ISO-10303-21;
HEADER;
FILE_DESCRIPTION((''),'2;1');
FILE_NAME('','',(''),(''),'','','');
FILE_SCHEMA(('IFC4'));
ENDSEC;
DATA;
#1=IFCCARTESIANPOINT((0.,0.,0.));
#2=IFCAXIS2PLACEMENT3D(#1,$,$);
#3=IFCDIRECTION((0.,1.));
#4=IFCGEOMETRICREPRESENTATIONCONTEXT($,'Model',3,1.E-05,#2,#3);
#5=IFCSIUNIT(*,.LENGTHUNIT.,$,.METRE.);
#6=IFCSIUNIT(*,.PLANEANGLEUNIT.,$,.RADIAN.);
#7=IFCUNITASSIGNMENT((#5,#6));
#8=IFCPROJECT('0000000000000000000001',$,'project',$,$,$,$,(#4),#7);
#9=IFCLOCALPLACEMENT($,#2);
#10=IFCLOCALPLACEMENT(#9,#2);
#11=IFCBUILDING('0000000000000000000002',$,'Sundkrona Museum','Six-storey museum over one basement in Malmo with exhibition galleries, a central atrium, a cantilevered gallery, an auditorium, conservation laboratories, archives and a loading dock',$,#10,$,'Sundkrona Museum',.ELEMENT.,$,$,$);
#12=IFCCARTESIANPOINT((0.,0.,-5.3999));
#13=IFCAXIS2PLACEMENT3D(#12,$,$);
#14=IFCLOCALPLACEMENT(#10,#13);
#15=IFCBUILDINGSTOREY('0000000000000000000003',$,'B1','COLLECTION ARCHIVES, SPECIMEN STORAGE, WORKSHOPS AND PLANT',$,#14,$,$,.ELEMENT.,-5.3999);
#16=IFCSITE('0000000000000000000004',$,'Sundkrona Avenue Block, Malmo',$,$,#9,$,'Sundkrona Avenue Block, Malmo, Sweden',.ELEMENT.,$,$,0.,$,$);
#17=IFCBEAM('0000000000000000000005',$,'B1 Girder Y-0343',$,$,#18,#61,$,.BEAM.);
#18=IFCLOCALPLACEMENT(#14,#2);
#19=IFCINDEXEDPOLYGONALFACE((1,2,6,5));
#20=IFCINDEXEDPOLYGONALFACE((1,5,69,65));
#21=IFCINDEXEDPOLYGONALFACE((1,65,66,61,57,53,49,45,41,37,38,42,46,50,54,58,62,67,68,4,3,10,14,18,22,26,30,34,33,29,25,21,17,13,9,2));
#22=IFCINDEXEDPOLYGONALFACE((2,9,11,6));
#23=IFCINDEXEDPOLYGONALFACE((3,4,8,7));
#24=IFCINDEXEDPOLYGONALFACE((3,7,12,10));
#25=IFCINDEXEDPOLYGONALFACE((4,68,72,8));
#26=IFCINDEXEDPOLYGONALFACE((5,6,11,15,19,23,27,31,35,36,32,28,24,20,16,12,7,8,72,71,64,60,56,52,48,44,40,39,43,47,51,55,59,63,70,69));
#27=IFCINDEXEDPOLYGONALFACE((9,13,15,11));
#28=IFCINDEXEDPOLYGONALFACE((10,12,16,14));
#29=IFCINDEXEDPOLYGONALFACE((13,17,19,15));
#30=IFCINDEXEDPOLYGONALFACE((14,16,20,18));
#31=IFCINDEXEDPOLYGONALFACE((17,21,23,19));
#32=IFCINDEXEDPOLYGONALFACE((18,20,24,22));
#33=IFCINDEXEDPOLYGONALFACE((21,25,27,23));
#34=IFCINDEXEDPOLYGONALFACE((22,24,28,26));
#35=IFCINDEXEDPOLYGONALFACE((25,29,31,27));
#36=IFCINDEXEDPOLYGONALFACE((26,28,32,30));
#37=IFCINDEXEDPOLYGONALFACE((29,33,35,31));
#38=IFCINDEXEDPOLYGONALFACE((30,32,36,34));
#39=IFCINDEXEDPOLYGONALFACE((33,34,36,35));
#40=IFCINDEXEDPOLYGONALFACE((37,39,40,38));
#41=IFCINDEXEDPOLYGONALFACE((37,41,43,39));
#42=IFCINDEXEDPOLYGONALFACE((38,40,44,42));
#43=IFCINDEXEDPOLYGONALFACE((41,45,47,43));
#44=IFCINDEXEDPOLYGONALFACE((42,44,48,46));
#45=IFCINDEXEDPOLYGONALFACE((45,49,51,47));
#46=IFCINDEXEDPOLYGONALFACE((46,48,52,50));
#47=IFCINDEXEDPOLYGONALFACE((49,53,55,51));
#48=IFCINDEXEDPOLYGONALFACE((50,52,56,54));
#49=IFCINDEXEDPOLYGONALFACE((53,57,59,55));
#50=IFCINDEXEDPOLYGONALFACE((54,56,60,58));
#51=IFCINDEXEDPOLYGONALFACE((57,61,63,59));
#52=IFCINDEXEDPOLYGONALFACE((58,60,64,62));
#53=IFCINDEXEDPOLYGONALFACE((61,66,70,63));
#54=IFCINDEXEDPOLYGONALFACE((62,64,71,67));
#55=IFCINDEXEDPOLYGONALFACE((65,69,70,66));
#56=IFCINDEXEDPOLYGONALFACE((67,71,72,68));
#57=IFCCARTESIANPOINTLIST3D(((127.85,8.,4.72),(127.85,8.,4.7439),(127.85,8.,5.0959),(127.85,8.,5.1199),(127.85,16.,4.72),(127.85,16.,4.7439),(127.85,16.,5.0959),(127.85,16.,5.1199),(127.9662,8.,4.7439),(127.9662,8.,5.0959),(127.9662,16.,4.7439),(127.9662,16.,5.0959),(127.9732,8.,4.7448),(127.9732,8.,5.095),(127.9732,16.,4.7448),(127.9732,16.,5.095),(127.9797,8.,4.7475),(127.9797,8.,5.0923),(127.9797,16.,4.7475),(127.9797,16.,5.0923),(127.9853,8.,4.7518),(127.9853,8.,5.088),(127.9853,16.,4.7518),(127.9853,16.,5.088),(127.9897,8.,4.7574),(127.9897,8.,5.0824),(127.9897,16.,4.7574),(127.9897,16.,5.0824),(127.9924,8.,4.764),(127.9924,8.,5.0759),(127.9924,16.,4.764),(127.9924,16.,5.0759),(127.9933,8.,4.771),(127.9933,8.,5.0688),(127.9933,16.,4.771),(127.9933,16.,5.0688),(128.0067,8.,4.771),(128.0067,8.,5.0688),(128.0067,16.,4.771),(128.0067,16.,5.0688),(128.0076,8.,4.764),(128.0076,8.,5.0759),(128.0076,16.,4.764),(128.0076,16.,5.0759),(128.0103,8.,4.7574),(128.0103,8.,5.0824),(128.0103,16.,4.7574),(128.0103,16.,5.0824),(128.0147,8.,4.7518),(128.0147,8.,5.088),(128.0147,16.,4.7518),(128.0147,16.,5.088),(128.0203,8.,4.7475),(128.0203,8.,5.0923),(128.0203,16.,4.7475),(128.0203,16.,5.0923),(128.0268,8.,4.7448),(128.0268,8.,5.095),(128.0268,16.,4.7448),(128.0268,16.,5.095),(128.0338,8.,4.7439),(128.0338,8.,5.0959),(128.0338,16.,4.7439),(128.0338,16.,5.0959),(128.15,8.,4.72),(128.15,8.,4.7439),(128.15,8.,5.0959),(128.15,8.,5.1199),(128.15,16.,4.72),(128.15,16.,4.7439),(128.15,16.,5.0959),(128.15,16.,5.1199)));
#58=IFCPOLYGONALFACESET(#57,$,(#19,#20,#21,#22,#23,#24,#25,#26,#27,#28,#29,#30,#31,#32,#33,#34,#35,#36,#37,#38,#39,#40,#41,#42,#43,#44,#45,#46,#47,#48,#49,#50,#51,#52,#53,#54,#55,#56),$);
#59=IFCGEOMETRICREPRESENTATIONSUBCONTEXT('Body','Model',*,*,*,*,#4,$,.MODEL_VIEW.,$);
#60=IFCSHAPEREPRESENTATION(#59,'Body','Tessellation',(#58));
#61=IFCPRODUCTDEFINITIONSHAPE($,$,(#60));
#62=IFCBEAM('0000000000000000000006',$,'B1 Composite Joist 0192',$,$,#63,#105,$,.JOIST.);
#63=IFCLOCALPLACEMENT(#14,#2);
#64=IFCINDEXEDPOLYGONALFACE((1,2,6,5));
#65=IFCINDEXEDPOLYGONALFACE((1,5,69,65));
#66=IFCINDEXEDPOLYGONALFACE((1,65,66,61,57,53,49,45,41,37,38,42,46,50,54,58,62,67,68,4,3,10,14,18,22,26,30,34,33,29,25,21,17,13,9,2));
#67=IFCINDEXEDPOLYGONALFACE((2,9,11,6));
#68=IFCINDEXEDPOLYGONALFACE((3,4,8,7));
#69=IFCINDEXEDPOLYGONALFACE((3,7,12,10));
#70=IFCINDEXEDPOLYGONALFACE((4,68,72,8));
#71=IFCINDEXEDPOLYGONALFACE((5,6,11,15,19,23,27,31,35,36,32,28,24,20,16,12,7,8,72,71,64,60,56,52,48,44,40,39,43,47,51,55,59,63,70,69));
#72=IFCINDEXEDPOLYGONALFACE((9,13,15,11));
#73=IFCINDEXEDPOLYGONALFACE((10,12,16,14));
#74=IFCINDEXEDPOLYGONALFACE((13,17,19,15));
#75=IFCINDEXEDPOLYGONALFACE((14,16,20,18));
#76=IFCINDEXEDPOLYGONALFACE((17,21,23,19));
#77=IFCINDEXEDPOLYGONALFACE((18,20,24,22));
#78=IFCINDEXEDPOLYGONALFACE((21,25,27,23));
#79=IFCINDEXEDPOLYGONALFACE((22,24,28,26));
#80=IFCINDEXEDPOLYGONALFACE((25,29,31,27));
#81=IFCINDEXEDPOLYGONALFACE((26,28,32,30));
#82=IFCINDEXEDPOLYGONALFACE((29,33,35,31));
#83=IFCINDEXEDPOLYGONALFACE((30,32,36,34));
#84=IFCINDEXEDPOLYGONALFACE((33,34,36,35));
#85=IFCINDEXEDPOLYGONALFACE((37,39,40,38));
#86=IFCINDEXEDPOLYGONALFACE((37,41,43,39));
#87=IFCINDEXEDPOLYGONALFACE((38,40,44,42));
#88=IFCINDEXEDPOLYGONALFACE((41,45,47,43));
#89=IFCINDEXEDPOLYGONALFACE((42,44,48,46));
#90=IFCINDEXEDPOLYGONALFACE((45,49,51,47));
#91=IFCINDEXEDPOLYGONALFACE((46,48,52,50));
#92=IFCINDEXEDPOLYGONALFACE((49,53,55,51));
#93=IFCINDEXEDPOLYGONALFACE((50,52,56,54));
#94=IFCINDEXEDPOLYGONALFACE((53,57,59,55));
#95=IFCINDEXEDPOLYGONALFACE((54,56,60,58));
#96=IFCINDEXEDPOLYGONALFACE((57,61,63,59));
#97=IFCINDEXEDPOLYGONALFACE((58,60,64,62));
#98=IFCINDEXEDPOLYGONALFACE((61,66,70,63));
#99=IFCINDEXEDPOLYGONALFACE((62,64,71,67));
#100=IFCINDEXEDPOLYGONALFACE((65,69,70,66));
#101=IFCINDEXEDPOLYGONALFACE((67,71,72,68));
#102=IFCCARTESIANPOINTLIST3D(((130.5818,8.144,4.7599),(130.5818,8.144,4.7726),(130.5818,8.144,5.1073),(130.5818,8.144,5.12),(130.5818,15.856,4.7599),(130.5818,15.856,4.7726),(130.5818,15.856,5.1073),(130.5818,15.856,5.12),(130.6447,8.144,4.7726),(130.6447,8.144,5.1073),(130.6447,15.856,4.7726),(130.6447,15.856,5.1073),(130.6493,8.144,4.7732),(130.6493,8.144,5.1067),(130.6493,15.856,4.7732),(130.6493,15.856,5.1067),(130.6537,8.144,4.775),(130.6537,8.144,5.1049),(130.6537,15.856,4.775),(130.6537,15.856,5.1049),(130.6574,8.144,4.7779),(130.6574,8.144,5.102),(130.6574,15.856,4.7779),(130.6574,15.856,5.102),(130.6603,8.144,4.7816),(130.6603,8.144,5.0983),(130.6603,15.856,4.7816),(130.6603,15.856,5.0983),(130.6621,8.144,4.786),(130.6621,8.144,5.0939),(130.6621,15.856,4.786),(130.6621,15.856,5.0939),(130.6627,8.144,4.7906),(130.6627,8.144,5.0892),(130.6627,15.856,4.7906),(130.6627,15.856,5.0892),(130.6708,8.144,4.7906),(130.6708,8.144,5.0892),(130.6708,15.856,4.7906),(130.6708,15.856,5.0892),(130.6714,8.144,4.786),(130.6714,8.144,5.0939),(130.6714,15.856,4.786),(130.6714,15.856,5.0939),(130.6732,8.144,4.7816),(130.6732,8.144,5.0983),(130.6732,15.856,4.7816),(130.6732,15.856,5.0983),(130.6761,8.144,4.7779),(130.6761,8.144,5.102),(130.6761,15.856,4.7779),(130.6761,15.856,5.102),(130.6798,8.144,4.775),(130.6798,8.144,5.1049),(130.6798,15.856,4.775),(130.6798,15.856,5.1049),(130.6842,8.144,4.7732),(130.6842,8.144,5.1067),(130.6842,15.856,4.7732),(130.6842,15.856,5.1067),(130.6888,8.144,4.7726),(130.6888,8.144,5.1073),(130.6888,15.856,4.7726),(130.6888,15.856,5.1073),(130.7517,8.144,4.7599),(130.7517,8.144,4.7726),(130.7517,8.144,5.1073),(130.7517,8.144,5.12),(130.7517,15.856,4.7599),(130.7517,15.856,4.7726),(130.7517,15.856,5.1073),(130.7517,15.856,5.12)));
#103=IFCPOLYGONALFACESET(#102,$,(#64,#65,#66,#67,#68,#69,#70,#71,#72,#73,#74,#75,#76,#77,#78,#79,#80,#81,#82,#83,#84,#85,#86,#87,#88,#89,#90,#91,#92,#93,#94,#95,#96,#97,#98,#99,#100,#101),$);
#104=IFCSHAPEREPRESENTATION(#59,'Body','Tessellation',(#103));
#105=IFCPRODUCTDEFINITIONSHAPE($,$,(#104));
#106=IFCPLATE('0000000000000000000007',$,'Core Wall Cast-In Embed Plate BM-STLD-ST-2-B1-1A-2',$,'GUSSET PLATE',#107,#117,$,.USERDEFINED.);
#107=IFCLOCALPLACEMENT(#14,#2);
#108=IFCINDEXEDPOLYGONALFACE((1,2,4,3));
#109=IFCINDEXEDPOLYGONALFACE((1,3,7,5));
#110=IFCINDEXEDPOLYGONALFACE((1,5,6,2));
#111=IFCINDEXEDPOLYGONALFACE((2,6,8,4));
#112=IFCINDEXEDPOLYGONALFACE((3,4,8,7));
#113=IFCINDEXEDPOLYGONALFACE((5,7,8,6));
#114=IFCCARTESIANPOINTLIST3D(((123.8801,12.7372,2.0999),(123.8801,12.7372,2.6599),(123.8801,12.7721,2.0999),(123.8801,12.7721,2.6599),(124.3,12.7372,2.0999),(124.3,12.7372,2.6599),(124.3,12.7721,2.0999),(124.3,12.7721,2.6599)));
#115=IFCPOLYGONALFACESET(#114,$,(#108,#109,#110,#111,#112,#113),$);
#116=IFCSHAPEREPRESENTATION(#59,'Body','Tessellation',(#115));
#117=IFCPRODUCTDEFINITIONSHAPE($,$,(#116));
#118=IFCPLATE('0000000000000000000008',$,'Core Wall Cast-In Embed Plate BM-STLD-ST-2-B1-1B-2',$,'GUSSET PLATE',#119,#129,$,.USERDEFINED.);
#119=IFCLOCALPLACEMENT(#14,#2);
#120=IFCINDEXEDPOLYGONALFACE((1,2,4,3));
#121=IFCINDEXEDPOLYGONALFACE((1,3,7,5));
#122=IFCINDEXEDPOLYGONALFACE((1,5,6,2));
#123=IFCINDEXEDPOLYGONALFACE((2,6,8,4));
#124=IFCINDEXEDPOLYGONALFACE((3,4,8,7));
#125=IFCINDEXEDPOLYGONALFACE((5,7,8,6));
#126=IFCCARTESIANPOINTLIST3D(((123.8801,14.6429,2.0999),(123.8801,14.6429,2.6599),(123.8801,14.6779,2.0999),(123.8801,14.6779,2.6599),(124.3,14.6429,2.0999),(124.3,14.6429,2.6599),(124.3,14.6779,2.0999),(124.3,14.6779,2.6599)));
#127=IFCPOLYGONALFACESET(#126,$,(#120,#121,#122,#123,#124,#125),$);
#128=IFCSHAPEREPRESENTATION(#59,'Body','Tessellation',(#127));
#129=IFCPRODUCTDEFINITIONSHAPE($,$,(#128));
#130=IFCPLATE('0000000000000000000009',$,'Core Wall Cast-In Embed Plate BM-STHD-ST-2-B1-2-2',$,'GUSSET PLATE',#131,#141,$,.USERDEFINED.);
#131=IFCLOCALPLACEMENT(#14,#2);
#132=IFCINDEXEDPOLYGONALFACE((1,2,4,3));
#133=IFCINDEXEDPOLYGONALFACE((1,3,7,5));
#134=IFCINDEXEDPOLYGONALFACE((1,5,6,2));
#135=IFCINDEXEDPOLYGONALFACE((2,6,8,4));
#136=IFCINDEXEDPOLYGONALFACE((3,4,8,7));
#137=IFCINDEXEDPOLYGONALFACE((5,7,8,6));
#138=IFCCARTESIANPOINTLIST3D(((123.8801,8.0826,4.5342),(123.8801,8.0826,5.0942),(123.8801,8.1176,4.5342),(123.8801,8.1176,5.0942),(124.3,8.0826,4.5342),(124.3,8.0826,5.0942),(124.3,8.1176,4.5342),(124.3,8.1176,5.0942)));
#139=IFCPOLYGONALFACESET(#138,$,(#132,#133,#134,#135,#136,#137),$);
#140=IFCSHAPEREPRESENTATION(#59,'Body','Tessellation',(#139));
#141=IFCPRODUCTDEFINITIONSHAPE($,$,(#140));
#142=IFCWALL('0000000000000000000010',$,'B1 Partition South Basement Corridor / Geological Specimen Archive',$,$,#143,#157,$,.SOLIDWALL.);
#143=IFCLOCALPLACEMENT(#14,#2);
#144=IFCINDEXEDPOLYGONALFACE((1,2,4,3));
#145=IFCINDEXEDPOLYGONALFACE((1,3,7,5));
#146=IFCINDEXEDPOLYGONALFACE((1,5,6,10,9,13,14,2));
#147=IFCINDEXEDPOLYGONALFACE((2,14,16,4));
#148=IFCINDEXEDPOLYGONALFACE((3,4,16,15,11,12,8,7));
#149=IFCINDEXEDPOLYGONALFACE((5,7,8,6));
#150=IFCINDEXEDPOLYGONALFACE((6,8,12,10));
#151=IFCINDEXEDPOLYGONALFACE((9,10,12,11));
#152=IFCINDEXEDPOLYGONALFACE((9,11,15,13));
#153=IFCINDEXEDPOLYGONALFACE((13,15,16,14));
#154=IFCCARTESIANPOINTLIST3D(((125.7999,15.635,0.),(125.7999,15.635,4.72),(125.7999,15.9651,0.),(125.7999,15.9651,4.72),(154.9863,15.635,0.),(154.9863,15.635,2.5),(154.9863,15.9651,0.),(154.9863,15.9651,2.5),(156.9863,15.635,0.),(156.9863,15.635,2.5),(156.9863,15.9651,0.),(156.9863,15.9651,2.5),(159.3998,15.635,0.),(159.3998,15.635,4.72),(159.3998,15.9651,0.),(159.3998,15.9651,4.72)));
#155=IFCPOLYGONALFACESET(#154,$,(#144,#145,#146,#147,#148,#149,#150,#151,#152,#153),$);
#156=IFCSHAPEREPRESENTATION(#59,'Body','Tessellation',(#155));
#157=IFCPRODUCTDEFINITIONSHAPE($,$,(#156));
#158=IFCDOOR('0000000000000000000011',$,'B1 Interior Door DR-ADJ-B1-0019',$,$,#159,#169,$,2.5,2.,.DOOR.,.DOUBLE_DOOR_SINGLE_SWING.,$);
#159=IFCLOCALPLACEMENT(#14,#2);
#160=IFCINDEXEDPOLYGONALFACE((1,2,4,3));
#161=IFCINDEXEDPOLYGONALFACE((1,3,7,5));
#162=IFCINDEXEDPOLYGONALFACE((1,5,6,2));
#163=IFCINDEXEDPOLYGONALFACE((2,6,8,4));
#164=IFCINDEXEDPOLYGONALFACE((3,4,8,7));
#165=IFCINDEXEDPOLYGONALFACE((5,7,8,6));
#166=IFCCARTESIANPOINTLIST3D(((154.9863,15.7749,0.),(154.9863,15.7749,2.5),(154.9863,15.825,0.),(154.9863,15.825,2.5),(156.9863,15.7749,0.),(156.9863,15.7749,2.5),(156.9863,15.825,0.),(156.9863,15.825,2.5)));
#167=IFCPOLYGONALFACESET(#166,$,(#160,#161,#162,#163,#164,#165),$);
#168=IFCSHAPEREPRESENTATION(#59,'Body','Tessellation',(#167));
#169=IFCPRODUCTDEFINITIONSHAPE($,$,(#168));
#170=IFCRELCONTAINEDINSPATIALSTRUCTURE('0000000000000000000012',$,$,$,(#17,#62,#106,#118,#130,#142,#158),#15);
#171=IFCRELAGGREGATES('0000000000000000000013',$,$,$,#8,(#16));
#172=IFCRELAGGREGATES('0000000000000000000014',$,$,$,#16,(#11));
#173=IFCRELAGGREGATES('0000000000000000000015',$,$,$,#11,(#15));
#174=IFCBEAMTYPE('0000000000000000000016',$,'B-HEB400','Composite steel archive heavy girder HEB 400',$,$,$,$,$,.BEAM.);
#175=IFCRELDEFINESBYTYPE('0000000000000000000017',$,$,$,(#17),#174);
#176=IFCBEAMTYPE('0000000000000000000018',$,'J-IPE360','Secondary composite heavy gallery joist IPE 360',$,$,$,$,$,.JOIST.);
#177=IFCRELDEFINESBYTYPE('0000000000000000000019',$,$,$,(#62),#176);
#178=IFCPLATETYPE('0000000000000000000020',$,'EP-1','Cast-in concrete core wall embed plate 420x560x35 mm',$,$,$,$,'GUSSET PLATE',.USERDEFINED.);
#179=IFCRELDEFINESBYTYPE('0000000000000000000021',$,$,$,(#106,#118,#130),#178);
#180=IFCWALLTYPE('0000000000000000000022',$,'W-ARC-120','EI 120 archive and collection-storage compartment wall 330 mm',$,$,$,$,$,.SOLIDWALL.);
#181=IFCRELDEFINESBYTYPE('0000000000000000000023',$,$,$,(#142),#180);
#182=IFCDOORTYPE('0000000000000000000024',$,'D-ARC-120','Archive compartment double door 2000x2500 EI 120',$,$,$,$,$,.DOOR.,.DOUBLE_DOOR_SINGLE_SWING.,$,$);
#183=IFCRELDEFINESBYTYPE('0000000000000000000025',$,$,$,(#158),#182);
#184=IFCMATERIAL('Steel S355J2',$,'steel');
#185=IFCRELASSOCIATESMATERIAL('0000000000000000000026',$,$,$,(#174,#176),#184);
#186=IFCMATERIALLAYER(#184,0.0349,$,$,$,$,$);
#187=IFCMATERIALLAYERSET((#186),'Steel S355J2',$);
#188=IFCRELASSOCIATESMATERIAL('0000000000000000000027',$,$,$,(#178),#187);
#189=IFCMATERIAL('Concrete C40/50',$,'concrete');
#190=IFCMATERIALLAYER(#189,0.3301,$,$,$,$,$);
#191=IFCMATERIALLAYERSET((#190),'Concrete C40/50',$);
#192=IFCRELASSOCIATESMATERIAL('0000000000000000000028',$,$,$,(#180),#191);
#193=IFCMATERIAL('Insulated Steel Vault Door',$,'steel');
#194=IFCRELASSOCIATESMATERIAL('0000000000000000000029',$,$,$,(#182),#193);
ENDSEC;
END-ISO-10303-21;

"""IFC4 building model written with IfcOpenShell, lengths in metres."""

from ifc_helpers import new_model, si_unit, direction, frame, frame_2d, origin, origin_2d, place, context, subcontext, project, spatial, rectangle, i_section, extrude, material, layer, layer_set, material_profile, profile_set, type_object, element, fill, save


model = new_model("IFC4")

# Units and contexts
model_context = context("Model", 3, precision=1e-05, world=origin(), true_north=direction((0.0, 1.0)))
body_context = subcontext(model_context, "Body", "Model", "MODEL_VIEW")
ifc_project = project(units=[si_unit("LENGTHUNIT", "METRE"), si_unit("PLANEANGLEUNIT", "RADIAN")], contexts=[model_context])

# Site, building, storey
site_placement = place(None, origin())
site = spatial("IfcSite", under=ifc_project, at=site_placement, Name="Sundkrona Avenue Block, Malmo", LongName="Sundkrona Avenue Block, Malmo, Sweden", CompositionType="ELEMENT", RefElevation=0.0)
building_placement = place(site_placement, origin())
building = spatial("IfcBuilding", under=site, at=building_placement, Name="Sundkrona Museum", Description="Six-storey museum over one basement in Malmo with exhibition galleries, a central atrium, a cantilevered gallery, an auditorium, conservation laboratories, archives and a loading dock", LongName="Sundkrona Museum", CompositionType="ELEMENT")
storey_placement = place(building_placement, frame((0.0, 0.0, -5.3999)))
storey = spatial("IfcBuildingStorey", under=building, at=storey_placement, Name="B1", Description="COLLECTION ARCHIVES, SPECIMEN STORAGE, WORKSHOPS AND PLANT", CompositionType="ELEMENT", Elevation=-5.3999)

# Shared definitions
ifc_material_1 = material(Name="Concrete C40/50", Category="concrete")

# Shared definitions
ifc_material_2 = material(Name="Steel S355J2", Category="steel")

# Beams
ifc_material_profile_1 = material_profile(ifc_material_2, i_section(OverallWidth=0.3, OverallDepth=0.3999, WebThickness=0.0134, FlangeThickness=0.0239, FilletRadius=0.0271, at=origin_2d()), Name="HEB 400")
ifc_profile_set_1 = profile_set([ifc_material_profile_1], Name="Steel S355J2")
beam_type_1 = type_object("IfcBeamType", Name="B-HEB400", Description="Composite steel archive heavy girder HEB 400", PredefinedType="BEAM", material=ifc_profile_set_1)
for number, where, z_axis, x_axis, name in (
    (1, (128.0, 8.0, 4.9199), (0.0, 1.0, 0.0), (-1.0, 0.0, 0.0), "B1 Girder Y-0343"),
):
    element("IfcBeam", number, at=place(storey_placement, frame(where, z_axis=z_axis, x_axis=x_axis)), inside=storey, type_object=beam_type_1, Name=name, PredefinedType="BEAM", context=body_context, shape_type="SweptSolid", body=[
        extrude(i_section(OverallWidth=0.3, OverallDepth=0.3999, WebThickness=0.0134, FlangeThickness=0.0239, FilletRadius=0.0271, at=origin_2d()), origin(), (0.0, 0.0, 1.0), 8.0),
    ])
ifc_material_profile_2 = material_profile(ifc_material_2, i_section(OverallWidth=0.1699, OverallDepth=0.3601, WebThickness=0.0081, FlangeThickness=0.0127, FilletRadius=0.0181, at=origin_2d()), Name="IPE 360")
ifc_profile_set_2 = profile_set([ifc_material_profile_2], Name="Steel S355J2")
beam_type_2 = type_object("IfcBeamType", Name="J-IPE360", Description="Secondary composite heavy gallery joist IPE 360", PredefinedType="JOIST", material=ifc_profile_set_2)
beam_placement = place(storey_placement, frame((130.6667, 8.144, 4.9399), z_axis=(0.0, 1.0, 0.0), x_axis=(-1.0, 0.0, 0.0)))
element("IfcBeam", 2, at=beam_placement, inside=storey, type_object=beam_type_2, Name="B1 Composite Joist 0192", PredefinedType="JOIST", context=body_context, shape_type="SweptSolid", body=[
    extrude(i_section(OverallWidth=0.1699, OverallDepth=0.3601, WebThickness=0.0081, FlangeThickness=0.0127, FilletRadius=0.0181, at=origin_2d()), origin(), (0.0, 0.0, 1.0), 7.7119),
])

# Plates
ifc_layer_1 = layer(ifc_material_2, 0.0349)
ifc_layer_set_1 = layer_set([ifc_layer_1], Name="Steel S355J2")
plate_type = type_object("IfcPlateType", Name="EP-1", Description="Cast-in concrete core wall embed plate 420x560x35 mm", ElementType="GUSSET PLATE", PredefinedType="USERDEFINED", material=ifc_layer_set_1)
for number, where, z_axis, x_axis, name in (
    (3, (124.0901, 12.7546, 2.0999), (0.0, 0.0, 1.0), (1.0, 0.0, 0.0), "Core Wall Cast-In Embed Plate BM-STLD-ST-2-B1-1A-2"),
    (4, (124.0901, 14.6604, 2.0999), (0.0, 0.0, 1.0), (1.0, 0.0, 0.0), "Core Wall Cast-In Embed Plate BM-STLD-ST-2-B1-1B-2"),
    (5, (124.0901, 8.1001, 4.5342), (0.0, 0.0, 1.0), (1.0, 0.0, 0.0), "Core Wall Cast-In Embed Plate BM-STHD-ST-2-B1-2-2"),
):
    element("IfcPlate", number, at=place(storey_placement, frame(where, z_axis=z_axis, x_axis=x_axis)), inside=storey, type_object=plate_type, Name=name, ObjectType="GUSSET PLATE", PredefinedType="USERDEFINED", context=body_context, shape_type="SweptSolid", body=[
        extrude(rectangle(XDim=0.4199, YDim=0.0349, at=origin_2d()), origin(), (0.0, 0.0, 1.0), 0.5601),
    ])

# Wall, opening, door
ifc_layer_2 = layer(ifc_material_1, 0.3301)
ifc_layer_set_2 = layer_set([ifc_layer_2], Name="Concrete C40/50")
wall_type = type_object("IfcWallType", Name="W-ARC-120", Description="EI 120 archive and collection-storage compartment wall 330 mm", PredefinedType="SOLIDWALL", material=ifc_layer_set_2)
wall_placement = place(storey_placement, frame((125.8, 15.8, 0.0), z_axis=(0.0, 0.0, 1.0), x_axis=(1.0, 0.0, 0.0)))
wall = element("IfcWall", 6, at=wall_placement, inside=storey, type_object=wall_type, Name="B1 Partition South Basement Corridor / Geological Specimen Archive", PredefinedType="SOLIDWALL", context=body_context, shape_type="SweptSolid", body=[
    extrude(rectangle(XDim=33.5999, YDim=0.3301, at=frame_2d((16.7998, 0.0))), origin(), (0.0, 0.0, 1.0), 4.72),
])
opening_placement = place(wall_placement, frame((29.1863, 0.0, 0.0)))
opening = element("IfcOpeningElement", 7, at=opening_placement, cuts=wall, PredefinedType="OPENING", context=body_context, shape_type="SweptSolid", body=[
    extrude(rectangle(XDim=2.0, YDim=2.5, at=frame_2d((1.0, 1.25))), frame((0.0, 0.175, 0.0), z_axis=(0.0, -1.0, 0.0), x_axis=(1.0, 0.0, 0.0)), (0.0, 0.0, 1.0), 0.3501),
])
ifc_material_3 = material(Name="Insulated Steel Vault Door", Category="steel")
door_type = type_object("IfcDoorType", Name="D-ARC-120", Description="Archive compartment double door 2000x2500 EI 120", OperationType="DOUBLE_DOOR_SINGLE_SWING", PredefinedType="DOOR", material=ifc_material_3)
door_placement = place(opening_placement, origin())
door = element("IfcDoor", 8, at=door_placement, inside=storey, type_object=door_type, Name="B1 Interior Door DR-ADJ-B1-0019", OperationType="DOUBLE_DOOR_SINGLE_SWING", OverallHeight=2.5, OverallWidth=2.0, PredefinedType="DOOR", context=body_context, shape_type="SweptSolid", body=[
    extrude(rectangle(XDim=2.0, YDim=2.5, at=frame_2d((1.0, 1.25))), frame((0.0, 0.0249, 0.0), z_axis=(0.0, -1.0, 0.0), x_axis=(1.0, 0.0, 0.0)), (0.0, 0.0, 1.0), 0.05),
])
fill(opening, door)

save(model, "model.ifc")
